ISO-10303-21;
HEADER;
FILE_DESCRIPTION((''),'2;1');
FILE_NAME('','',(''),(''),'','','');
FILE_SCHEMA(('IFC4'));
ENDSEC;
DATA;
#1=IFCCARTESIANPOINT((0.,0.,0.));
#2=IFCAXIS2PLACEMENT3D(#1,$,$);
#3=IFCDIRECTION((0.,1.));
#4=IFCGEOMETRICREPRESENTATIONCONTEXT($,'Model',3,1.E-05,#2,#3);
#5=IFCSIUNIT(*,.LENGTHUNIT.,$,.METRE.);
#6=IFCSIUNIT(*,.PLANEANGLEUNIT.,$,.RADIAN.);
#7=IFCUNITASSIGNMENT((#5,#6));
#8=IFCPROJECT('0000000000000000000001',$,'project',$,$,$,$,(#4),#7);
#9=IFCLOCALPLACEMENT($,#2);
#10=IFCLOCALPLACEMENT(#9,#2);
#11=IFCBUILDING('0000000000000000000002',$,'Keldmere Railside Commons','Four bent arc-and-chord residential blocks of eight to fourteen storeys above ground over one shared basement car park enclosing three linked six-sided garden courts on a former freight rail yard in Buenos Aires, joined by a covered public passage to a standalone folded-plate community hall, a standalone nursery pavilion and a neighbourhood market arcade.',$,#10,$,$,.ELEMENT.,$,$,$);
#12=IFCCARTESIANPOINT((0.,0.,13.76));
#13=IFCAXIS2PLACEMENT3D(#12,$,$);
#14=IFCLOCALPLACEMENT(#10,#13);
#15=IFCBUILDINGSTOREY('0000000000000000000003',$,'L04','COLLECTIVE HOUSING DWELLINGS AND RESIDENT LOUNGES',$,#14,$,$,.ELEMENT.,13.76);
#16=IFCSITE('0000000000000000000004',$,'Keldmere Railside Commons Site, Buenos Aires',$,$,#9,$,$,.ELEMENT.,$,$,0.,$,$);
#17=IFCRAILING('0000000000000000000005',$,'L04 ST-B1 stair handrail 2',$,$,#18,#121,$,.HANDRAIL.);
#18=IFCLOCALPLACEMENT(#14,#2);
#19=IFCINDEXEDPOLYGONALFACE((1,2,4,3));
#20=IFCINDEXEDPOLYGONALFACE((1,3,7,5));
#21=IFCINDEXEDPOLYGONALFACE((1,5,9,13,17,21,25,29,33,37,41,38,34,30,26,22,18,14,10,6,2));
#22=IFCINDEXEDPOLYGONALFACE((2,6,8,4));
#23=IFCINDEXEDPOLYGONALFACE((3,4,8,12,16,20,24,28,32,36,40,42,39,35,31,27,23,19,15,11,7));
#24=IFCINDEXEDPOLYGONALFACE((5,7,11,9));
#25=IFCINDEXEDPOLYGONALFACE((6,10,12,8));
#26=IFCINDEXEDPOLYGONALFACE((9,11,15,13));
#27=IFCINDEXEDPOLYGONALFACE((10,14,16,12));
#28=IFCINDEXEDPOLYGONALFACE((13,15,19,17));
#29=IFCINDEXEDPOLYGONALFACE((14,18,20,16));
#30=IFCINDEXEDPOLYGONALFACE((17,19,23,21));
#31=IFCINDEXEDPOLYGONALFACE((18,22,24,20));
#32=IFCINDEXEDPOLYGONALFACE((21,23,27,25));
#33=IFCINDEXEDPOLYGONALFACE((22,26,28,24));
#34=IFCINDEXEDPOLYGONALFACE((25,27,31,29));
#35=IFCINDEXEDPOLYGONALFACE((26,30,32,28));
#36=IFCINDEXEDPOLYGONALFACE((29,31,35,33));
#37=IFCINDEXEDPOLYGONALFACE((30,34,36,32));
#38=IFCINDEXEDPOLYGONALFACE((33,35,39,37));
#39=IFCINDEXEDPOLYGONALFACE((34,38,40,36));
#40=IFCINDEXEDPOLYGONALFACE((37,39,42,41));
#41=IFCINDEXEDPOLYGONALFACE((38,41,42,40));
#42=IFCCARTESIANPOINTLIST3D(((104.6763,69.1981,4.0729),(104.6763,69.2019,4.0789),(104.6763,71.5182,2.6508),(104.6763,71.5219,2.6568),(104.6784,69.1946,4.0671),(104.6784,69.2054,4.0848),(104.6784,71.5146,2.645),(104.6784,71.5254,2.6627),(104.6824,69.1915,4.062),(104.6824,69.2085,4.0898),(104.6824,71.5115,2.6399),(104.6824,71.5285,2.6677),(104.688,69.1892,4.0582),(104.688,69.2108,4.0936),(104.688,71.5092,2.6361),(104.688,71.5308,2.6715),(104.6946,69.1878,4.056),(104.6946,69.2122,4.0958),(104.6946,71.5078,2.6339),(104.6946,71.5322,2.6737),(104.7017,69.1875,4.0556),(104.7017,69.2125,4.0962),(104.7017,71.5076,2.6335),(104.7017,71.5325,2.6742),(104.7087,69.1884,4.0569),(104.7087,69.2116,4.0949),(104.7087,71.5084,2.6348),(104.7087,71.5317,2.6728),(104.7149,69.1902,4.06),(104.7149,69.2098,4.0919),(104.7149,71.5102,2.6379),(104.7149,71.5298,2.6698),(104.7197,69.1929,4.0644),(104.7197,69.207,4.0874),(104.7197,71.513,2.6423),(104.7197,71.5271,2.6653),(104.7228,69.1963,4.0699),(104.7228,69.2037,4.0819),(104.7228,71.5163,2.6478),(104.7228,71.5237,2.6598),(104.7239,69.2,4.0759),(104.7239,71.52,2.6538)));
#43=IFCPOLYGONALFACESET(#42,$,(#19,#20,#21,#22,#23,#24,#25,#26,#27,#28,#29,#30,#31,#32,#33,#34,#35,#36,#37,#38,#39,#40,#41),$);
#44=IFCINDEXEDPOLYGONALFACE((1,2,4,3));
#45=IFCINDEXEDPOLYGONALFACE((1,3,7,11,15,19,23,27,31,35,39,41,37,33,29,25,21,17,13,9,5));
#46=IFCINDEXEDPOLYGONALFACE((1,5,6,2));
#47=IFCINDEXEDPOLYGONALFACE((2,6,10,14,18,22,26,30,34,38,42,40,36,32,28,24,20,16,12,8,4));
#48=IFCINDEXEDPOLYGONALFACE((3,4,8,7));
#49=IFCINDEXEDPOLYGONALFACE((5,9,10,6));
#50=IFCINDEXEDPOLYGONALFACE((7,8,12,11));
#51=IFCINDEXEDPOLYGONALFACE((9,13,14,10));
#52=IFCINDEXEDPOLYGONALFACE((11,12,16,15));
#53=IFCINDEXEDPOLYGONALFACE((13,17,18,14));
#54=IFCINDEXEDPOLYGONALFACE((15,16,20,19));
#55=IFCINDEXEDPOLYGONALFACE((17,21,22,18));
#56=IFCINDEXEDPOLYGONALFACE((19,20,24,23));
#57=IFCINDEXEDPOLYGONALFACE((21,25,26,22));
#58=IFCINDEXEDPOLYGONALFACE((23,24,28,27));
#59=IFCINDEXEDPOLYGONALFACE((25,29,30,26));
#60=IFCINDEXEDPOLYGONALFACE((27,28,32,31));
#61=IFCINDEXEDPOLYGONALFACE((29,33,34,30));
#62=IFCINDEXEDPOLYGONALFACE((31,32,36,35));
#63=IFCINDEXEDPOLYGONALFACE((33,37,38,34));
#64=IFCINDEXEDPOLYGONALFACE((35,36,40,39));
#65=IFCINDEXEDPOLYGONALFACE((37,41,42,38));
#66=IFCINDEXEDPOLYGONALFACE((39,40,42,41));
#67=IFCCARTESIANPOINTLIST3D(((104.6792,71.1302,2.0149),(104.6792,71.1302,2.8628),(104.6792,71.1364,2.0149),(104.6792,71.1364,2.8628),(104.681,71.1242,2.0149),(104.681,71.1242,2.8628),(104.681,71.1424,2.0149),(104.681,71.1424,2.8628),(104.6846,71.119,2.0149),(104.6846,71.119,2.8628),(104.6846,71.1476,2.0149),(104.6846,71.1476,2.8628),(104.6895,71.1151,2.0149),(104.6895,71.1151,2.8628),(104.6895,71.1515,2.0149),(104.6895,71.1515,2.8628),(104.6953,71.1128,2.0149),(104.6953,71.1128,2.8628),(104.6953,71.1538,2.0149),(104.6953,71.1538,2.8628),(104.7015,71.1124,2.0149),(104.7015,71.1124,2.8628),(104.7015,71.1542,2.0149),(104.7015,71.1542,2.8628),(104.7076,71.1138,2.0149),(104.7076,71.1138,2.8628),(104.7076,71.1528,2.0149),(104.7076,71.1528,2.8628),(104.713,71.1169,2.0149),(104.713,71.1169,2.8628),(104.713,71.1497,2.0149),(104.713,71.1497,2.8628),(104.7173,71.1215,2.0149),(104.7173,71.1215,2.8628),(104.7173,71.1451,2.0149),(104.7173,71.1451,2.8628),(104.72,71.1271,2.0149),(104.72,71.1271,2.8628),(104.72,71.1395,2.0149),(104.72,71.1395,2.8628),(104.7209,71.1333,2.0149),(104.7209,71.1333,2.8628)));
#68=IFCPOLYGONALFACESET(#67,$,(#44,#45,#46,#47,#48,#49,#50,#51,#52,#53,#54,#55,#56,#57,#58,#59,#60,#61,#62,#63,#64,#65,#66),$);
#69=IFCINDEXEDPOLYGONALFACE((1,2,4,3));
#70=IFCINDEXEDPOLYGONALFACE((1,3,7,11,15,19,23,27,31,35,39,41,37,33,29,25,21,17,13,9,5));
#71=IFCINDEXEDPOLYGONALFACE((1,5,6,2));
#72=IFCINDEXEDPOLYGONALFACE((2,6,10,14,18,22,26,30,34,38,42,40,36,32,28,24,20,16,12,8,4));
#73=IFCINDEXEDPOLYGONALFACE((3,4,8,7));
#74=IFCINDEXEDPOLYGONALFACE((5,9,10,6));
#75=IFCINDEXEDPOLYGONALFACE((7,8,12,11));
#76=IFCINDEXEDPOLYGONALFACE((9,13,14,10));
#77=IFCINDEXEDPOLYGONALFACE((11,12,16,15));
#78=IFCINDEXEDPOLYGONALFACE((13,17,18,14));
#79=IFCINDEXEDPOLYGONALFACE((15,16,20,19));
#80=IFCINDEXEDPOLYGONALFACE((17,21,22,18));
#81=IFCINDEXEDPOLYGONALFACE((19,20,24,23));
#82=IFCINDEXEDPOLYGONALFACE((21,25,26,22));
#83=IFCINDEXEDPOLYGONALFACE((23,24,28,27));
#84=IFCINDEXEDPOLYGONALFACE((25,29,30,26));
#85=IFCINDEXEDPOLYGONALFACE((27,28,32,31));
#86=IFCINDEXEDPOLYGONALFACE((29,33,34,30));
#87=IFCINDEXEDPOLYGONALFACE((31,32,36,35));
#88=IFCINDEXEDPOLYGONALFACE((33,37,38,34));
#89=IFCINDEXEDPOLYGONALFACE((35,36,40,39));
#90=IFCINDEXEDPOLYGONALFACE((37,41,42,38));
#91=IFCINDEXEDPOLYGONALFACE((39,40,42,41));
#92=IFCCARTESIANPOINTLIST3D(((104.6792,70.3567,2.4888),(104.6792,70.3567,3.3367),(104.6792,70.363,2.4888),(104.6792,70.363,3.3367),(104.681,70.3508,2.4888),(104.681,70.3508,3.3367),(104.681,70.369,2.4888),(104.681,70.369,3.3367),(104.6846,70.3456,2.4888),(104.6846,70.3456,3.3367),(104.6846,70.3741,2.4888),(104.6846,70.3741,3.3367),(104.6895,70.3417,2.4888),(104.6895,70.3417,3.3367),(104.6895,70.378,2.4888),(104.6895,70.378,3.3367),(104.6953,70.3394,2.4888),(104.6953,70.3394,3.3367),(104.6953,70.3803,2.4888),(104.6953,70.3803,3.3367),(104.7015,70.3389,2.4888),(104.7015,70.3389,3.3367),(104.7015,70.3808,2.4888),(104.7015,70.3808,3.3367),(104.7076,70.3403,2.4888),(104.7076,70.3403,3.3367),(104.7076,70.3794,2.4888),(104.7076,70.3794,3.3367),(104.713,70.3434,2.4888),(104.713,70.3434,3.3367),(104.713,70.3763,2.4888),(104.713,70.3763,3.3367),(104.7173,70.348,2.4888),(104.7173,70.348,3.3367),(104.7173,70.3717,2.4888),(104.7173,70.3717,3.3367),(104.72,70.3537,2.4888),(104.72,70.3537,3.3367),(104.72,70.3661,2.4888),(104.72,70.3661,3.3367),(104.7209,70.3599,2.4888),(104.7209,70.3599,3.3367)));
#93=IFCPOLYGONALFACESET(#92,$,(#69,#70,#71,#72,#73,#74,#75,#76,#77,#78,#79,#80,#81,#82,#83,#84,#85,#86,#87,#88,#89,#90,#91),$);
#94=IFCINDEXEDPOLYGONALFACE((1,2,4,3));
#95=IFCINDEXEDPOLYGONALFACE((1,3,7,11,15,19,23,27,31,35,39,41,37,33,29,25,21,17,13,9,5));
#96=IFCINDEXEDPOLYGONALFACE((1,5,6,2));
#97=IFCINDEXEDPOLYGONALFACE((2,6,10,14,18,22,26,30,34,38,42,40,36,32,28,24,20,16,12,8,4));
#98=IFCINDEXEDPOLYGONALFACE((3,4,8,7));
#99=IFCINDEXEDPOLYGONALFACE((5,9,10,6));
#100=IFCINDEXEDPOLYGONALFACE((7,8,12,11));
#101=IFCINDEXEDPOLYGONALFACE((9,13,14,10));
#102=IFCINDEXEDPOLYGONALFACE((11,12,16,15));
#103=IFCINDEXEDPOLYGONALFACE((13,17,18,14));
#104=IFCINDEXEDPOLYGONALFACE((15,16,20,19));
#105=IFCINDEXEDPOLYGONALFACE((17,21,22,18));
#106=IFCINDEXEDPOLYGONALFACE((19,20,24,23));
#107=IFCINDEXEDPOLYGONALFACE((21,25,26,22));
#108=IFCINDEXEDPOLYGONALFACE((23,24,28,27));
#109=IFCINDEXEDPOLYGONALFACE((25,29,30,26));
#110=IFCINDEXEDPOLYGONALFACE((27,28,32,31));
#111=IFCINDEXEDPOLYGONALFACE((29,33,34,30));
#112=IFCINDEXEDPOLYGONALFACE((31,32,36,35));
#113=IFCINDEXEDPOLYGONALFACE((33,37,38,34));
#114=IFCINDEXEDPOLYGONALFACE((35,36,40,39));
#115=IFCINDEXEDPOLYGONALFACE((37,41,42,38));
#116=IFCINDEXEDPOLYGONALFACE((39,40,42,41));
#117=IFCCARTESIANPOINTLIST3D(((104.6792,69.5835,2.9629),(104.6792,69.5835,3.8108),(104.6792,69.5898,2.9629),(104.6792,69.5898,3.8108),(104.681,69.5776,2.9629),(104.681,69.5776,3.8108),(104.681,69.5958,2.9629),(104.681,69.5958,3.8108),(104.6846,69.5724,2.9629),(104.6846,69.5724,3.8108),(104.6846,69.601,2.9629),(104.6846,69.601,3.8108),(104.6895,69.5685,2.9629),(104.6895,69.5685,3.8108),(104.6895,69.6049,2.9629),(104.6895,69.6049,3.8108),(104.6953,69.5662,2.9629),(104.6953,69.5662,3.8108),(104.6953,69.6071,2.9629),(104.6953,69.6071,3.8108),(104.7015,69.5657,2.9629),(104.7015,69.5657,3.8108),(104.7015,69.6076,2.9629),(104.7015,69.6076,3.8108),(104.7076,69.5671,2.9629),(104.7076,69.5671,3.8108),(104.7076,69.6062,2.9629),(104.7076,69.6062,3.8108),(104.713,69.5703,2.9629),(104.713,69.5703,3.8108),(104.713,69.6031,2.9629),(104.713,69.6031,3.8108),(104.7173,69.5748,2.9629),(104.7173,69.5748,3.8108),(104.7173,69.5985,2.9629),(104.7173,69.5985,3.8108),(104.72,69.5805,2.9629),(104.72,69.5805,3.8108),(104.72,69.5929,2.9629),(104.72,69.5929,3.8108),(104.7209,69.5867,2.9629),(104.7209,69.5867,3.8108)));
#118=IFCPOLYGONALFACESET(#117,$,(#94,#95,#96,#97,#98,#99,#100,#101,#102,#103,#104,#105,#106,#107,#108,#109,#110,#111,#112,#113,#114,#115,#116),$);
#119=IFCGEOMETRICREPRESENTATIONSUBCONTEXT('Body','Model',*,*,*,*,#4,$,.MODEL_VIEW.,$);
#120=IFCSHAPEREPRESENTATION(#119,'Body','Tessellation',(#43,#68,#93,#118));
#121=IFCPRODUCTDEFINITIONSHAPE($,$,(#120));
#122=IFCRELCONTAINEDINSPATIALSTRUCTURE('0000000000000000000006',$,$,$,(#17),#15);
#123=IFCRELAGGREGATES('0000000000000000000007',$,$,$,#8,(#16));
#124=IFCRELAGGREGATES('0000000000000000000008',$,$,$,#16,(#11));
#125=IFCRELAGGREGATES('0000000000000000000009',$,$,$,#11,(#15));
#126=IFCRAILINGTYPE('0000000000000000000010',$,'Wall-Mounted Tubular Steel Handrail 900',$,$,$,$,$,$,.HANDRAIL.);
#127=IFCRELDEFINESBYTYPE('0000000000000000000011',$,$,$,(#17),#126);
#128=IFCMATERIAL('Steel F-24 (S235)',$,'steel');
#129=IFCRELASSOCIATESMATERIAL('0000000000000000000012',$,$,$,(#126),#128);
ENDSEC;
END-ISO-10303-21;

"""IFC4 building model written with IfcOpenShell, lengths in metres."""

from ifc_helpers import new_model, si_unit, direction, frame, origin, origin_2d, place, context, subcontext, project, spatial, circle, extrude, material, type_object, element, save


model = new_model("IFC4")

# Units and contexts
model_context = context("Model", 3, precision=1e-05, world=origin(), true_north=direction((0.0, 1.0)))
body_context = subcontext(model_context, "Body", "Model", "MODEL_VIEW")
ifc_project = project(units=[si_unit("LENGTHUNIT", "METRE"), si_unit("PLANEANGLEUNIT", "RADIAN")], contexts=[model_context])

# Site, building, storey
site_placement = place(None, origin())
site = spatial("IfcSite", under=ifc_project, at=site_placement, Name="Keldmere Railside Commons Site, Buenos Aires", CompositionType="ELEMENT", RefElevation=0.0)
building_placement = place(site_placement, origin())
building = spatial("IfcBuilding", under=site, at=building_placement, Name="Keldmere Railside Commons", Description="Four bent arc-and-chord residential blocks of eight to fourteen storeys above ground over one shared basement car park enclosing three linked six-sided garden courts on a former freight rail yard in Buenos Aires, joined by a covered public passage to a standalone folded-plate community hall, a standalone nursery pavilion and a neighbourhood market arcade.", CompositionType="ELEMENT")
storey_placement = place(building_placement, frame((0.0, 0.0, 13.76)))
storey = spatial("IfcBuildingStorey", under=building, at=storey_placement, Name="L04", Description="COLLECTIVE HOUSING DWELLINGS AND RESIDENT LOUNGES", CompositionType="ELEMENT", Elevation=13.76)

# Shared definitions
ifc_material_1 = material(Name="Steel F-24 (S235)", Category="steel")

# Railing
railing_type_1 = type_object("IfcRailingType", Name="Wall-Mounted Tubular Steel Handrail 900", PredefinedType="HANDRAIL", material=ifc_material_1)
railing_1_placement = place(storey_placement, frame((104.7, 71.52, 1.7778)))
element("IfcRailing", 1, at=railing_1_placement, inside=storey, type_object=railing_type_1, Name="L04 ST-B1 stair handrail 2", PredefinedType="HANDRAIL", context=body_context, shape_type="SweptSolid", body=[
    extrude(circle(Radius=0.0239, at=origin_2d()), frame((0.0, 0.0, 0.876), z_axis=(0.0, -0.852578, 0.5226), x_axis=(1.0, 0.0, 0.0)), (0.0, 0.0, 1.0), 2.7212),
    extrude(circle(Radius=0.021, at=origin_2d()), frame((0.0, -0.3867, 0.2371)), (0.0, 0.0, 1.0), 0.8479),
    extrude(circle(Radius=0.021, at=origin_2d()), frame((0.0, -1.1602, 0.7109)), (0.0, 0.0, 1.0), 0.8479),
    extrude(circle(Radius=0.021, at=origin_2d()), frame((0.0, -1.9333, 1.1851)), (0.0, 0.0, 1.0), 0.8479),
])

save(model, "model.ifc")
